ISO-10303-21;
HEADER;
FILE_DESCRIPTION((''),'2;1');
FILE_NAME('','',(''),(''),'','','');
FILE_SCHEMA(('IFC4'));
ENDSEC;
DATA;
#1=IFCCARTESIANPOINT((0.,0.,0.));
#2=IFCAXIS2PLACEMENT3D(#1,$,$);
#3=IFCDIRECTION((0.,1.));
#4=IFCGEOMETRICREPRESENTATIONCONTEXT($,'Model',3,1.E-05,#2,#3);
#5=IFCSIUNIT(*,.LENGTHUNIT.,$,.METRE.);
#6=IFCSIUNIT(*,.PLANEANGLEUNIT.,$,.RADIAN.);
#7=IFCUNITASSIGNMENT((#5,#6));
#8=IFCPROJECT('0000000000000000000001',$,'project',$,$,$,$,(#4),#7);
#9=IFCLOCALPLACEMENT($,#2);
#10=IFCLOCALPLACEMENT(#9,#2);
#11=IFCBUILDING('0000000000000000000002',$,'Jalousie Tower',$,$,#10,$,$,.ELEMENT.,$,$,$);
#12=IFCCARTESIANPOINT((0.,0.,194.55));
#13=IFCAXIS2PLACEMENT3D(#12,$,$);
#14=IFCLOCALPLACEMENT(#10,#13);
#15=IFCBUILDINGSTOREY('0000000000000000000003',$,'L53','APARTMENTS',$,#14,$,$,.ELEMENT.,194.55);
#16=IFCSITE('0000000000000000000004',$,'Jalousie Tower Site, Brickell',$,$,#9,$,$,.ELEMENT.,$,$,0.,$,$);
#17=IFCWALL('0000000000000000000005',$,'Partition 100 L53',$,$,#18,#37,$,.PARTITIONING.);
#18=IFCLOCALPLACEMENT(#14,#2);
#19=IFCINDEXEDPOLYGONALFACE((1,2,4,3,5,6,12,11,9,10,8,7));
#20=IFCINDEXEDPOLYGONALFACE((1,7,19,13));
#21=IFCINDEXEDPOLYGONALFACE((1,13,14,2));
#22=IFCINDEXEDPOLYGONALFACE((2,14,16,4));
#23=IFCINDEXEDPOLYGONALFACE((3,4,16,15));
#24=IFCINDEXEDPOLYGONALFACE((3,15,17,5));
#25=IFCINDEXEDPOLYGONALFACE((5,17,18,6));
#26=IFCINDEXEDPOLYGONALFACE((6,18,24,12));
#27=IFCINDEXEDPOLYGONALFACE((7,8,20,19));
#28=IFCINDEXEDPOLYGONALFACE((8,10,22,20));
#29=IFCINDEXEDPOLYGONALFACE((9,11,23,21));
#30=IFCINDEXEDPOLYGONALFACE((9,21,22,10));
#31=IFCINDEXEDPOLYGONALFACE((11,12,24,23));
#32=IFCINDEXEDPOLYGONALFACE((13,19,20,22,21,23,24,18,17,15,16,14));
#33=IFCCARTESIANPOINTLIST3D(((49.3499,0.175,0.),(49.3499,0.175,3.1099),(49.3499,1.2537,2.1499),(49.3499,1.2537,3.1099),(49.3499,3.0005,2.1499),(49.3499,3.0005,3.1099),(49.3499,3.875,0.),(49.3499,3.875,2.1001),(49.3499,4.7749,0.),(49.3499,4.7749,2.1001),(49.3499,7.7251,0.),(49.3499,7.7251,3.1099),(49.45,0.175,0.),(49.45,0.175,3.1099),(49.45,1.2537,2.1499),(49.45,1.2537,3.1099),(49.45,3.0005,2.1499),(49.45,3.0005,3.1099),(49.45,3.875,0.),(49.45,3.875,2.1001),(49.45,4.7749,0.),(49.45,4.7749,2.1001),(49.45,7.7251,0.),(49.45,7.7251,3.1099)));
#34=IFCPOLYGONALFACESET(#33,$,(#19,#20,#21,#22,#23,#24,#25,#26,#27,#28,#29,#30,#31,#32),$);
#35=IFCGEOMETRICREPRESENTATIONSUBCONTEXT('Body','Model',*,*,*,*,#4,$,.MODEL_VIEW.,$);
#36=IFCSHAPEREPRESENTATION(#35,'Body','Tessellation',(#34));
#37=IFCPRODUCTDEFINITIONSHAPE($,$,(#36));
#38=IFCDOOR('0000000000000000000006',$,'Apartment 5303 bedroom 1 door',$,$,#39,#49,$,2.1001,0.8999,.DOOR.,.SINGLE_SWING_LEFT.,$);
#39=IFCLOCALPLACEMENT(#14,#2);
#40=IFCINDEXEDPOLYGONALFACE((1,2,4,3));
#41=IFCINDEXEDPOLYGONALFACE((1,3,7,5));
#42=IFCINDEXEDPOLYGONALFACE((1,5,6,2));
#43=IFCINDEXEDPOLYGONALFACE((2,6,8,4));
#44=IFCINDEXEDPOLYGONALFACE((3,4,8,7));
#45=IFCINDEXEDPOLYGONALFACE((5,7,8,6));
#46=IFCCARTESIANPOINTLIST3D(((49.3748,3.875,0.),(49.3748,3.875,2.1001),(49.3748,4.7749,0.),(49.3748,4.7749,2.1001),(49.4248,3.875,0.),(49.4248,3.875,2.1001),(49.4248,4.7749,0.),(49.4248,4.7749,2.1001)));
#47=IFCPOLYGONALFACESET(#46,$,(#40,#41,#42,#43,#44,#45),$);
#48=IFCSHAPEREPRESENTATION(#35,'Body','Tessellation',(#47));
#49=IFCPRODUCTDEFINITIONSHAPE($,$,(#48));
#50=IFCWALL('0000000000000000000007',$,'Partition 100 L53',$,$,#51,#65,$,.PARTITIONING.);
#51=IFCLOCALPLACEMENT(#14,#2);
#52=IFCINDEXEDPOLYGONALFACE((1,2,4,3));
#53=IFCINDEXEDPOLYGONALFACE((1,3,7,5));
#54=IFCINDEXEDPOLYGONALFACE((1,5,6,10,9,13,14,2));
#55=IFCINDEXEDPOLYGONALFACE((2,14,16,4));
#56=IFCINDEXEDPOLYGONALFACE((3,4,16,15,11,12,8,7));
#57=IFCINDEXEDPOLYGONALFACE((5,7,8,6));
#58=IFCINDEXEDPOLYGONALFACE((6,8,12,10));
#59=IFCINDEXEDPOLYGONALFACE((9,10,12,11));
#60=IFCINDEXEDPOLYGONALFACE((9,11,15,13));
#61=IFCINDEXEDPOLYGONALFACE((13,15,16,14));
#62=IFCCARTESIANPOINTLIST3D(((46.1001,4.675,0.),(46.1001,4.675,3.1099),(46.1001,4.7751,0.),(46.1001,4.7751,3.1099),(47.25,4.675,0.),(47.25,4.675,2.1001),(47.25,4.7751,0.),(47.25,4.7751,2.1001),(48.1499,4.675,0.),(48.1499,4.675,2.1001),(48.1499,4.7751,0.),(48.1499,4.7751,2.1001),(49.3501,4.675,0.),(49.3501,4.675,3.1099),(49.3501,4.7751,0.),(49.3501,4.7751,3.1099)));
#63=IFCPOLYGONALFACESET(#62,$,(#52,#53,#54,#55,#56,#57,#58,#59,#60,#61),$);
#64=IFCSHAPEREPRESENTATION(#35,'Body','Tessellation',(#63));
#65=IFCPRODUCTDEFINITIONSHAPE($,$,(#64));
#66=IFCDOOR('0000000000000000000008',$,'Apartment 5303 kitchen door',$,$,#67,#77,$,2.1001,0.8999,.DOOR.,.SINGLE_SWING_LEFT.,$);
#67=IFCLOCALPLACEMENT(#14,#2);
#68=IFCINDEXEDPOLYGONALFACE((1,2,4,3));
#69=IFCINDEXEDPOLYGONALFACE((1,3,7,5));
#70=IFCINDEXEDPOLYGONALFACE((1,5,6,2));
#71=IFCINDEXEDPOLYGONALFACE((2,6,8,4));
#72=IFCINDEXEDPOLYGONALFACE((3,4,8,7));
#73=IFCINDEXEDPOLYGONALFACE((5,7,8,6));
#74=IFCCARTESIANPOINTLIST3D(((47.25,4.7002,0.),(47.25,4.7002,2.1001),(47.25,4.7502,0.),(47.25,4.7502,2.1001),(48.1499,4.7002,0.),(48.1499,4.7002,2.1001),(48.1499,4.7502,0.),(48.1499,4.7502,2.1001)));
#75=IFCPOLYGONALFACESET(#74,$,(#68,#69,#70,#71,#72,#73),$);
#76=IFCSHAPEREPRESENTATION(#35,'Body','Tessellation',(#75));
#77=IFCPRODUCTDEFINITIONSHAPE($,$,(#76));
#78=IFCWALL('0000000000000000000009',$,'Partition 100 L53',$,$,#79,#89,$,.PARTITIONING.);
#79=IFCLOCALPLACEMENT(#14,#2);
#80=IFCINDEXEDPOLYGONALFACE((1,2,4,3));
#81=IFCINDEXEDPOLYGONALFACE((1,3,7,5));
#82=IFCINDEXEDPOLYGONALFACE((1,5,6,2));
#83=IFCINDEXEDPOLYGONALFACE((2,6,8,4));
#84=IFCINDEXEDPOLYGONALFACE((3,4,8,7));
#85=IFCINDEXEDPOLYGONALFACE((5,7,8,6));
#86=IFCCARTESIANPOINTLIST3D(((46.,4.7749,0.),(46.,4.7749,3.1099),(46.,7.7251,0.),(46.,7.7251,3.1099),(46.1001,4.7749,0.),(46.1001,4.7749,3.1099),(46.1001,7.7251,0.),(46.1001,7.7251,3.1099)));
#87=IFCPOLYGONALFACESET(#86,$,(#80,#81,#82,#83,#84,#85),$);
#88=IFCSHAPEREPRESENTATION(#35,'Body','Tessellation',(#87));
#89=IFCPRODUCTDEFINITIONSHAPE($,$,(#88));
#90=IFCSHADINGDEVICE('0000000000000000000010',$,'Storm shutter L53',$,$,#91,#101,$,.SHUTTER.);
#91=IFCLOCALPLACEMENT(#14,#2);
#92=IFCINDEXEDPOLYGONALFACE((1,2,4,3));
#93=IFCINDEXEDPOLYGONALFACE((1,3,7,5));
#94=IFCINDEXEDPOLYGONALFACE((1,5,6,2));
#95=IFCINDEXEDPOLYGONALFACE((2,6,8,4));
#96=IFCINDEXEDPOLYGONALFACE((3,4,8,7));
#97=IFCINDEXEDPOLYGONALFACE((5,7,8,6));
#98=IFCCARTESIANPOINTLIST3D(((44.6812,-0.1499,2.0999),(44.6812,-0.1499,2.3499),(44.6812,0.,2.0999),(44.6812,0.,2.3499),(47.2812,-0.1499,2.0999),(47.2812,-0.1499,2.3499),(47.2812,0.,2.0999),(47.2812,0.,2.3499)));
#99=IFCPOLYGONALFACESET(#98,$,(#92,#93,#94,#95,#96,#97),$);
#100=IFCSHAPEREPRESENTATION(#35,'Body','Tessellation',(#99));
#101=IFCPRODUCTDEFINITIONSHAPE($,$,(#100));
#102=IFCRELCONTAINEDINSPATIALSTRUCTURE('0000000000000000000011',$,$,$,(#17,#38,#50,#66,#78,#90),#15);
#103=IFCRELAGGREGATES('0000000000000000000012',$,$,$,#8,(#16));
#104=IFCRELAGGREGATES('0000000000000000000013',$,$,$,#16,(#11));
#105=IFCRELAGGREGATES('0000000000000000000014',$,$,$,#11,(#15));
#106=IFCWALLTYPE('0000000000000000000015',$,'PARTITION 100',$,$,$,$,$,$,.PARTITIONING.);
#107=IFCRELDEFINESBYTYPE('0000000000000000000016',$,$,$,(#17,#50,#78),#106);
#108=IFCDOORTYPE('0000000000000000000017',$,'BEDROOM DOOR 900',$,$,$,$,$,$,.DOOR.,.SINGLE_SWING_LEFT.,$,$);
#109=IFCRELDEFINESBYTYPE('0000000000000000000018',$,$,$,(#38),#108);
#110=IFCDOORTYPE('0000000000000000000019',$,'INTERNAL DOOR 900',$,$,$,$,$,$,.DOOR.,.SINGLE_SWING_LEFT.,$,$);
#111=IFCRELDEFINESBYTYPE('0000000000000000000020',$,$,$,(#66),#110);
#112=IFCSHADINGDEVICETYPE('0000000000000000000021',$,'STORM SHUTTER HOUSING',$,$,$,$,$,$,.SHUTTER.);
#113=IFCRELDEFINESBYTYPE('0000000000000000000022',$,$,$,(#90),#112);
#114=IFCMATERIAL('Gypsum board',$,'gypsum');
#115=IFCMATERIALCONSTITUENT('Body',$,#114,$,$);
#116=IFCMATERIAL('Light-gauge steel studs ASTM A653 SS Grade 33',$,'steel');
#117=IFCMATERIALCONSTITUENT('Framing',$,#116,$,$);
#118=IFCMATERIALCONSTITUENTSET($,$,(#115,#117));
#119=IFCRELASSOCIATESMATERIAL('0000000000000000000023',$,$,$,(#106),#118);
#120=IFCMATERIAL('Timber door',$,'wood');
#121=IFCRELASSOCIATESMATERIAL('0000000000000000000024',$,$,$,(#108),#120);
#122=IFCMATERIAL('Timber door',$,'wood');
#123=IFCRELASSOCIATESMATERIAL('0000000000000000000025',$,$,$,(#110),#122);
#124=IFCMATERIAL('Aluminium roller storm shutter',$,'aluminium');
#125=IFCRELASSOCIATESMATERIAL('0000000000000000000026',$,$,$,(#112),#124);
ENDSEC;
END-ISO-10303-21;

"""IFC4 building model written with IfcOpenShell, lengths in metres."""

from ifc_helpers import new_model, si_unit, direction, frame, frame_2d, origin, origin_2d, place, context, subcontext, project, spatial, polyline, rectangle, outline, extrude, material, constituent, constituent_set, type_object, element, fill, save


model = new_model("IFC4")

# Units and contexts
model_context = context("Model", 3, precision=1e-05, world=origin(), true_north=direction((0.0, 1.0)))
body_context = subcontext(model_context, "Body", "Model", "MODEL_VIEW")
ifc_project = project(units=[si_unit("LENGTHUNIT", "METRE"), si_unit("PLANEANGLEUNIT", "RADIAN")], contexts=[model_context])

# Site, building, storey
site_placement = place(None, origin())
site = spatial("IfcSite", under=ifc_project, at=site_placement, Name="Jalousie Tower Site, Brickell", CompositionType="ELEMENT", RefElevation=0.0)
building_placement = place(site_placement, origin())
building = spatial("IfcBuilding", under=site, at=building_placement, Name="Jalousie Tower", CompositionType="ELEMENT")
storey_placement = place(building_placement, frame((0.0, 0.0, 194.55)))
storey = spatial("IfcBuildingStorey", under=building, at=storey_placement, Name="L53", Description="APARTMENTS", CompositionType="ELEMENT", Elevation=194.55)

# Walls, openings, doors
ifc_material_1 = material(Name="Gypsum board", Category="gypsum")
ifc_constituent_1 = constituent(ifc_material_1, Name="Body")
ifc_material_2 = material(Name="Light-gauge steel studs ASTM A653 SS Grade 33", Category="steel")
ifc_constituent_2 = constituent(ifc_material_2, Name="Framing")
ifc_constituent_set_1 = constituent_set(constituents=[ifc_constituent_1, ifc_constituent_2])
wall_type_1 = type_object("IfcWallType", Name="PARTITION 100", PredefinedType="PARTITIONING", material=ifc_constituent_set_1)
wall_1_placement = place(storey_placement, frame((49.3999, 0.175, 0.0), z_axis=(0.0, 0.0, 1.0), x_axis=(0.0, 1.0, 0.0)))
wall_1 = element("IfcWall", 1, at=wall_1_placement, inside=storey, type_object=wall_type_1, Name="Partition 100 L53", PredefinedType="PARTITIONING", context=body_context, shape_type="SweptSolid", body=[
    extrude(outline(polyline([(0.0, 0.0), (7.55, 0.0), (7.55, 3.1099), (2.8254, 3.1099), (2.8254, 2.1499), (1.0786, 2.1499), (1.0786, 3.1099), (0.0, 3.1099), (0.0, 0.0)])), frame((0.0, 0.05, 0.0), z_axis=(0.0, -1.0, 0.0), x_axis=(1.0, 0.0, 0.0)), (0.0, 0.0, 1.0), 0.1001),
])
opening_1_placement = place(wall_1_placement, frame((3.7, 0.0, 0.0)))
opening_1 = element("IfcOpeningElement", 2, at=opening_1_placement, cuts=wall_1, PredefinedType="OPENING", context=body_context, shape_type="SweptSolid", body=[
    extrude(rectangle(XDim=0.8999, YDim=2.1001, at=frame_2d((0.45, 1.05))), frame((0.0, 0.0601, 0.0), z_axis=(0.0, -1.0, 0.0), x_axis=(1.0, 0.0, 0.0)), (0.0, 0.0, 1.0), 0.1201),
])
ifc_material_3 = material(Name="Timber door", Category="wood")
door_type_1 = type_object("IfcDoorType", Name="BEDROOM DOOR 900", OperationType="SINGLE_SWING_LEFT", PredefinedType="DOOR", material=ifc_material_3)
door_1_placement = place(opening_1_placement, frame((0.8999, 0.0, 0.0), z_axis=(0.0, 0.0, 1.0), x_axis=(-1.0, 0.0, 0.0)))
door_1 = element("IfcDoor", 3, at=door_1_placement, inside=storey, type_object=door_type_1, Name="Apartment 5303 bedroom 1 door", OperationType="SINGLE_SWING_LEFT", OverallHeight=2.1001, OverallWidth=0.8999, PredefinedType="DOOR", context=body_context, shape_type="SweptSolid", body=[
    extrude(rectangle(XDim=0.8999, YDim=2.1001, at=frame_2d((0.45, 1.05))), frame((0.0, 0.0249, 0.0), z_axis=(0.0, -1.0, 0.0), x_axis=(1.0, 0.0, 0.0)), (0.0, 0.0, 1.0), 0.05),
])
fill(opening_1, door_1)
wall_2_placement = place(storey_placement, frame((46.1001, 4.7251, 0.0), z_axis=(0.0, 0.0, 1.0), x_axis=(1.0, 0.0, 0.0)))
wall_2 = element("IfcWall", 4, at=wall_2_placement, inside=storey, type_object=wall_type_1, Name="Partition 100 L53", PredefinedType="PARTITIONING", context=body_context, shape_type="SweptSolid", body=[
    extrude(rectangle(XDim=3.25, YDim=0.1001, at=frame_2d((1.625, 0.0))), origin(), (0.0, 0.0, 1.0), 3.1099),
])
opening_2_placement = place(wall_2_placement, frame((1.1499, 0.0, 0.0)))
opening_2 = element("IfcOpeningElement", 5, at=opening_2_placement, cuts=wall_2, PredefinedType="OPENING", context=body_context, shape_type="SweptSolid", body=[
    extrude(rectangle(XDim=0.8999, YDim=2.1001, at=frame_2d((0.45, 1.05))), frame((0.0, 0.0601, 0.0), z_axis=(0.0, -1.0, 0.0), x_axis=(1.0, 0.0, 0.0)), (0.0, 0.0, 1.0), 0.1201),
])
ifc_material_4 = material(Name="Timber door", Category="wood")
door_type_2 = type_object("IfcDoorType", Name="INTERNAL DOOR 900", OperationType="SINGLE_SWING_LEFT", PredefinedType="DOOR", material=ifc_material_4)
door_2_placement = place(opening_2_placement, frame((0.8999, 0.0, 0.0), z_axis=(0.0, 0.0, 1.0), x_axis=(-1.0, 0.0, 0.0)))
door_2 = element("IfcDoor", 6, at=door_2_placement, inside=storey, type_object=door_type_2, Name="Apartment 5303 kitchen door", OperationType="SINGLE_SWING_LEFT", OverallHeight=2.1001, OverallWidth=0.8999, PredefinedType="DOOR", context=body_context, shape_type="SweptSolid", body=[
    extrude(rectangle(XDim=0.8999, YDim=2.1001, at=frame_2d((0.45, 1.05))), frame((0.0, 0.0249, 0.0), z_axis=(0.0, -1.0, 0.0), x_axis=(1.0, 0.0, 0.0)), (0.0, 0.0, 1.0), 0.05),
])
fill(opening_2, door_2)

# Wall
wall_3_placement = place(storey_placement, frame((46.05, 4.7749, 0.0), z_axis=(0.0, 0.0, 1.0), x_axis=(0.0, 1.0, 0.0)))
element("IfcWall", 7, at=wall_3_placement, inside=storey, type_object=wall_type_1, Name="Partition 100 L53", PredefinedType="PARTITIONING", context=body_context, shape_type="SweptSolid", body=[
    extrude(rectangle(XDim=2.9502, YDim=0.1001, at=frame_2d((1.4751, 0.0))), origin(), (0.0, 0.0, 1.0), 3.1099),
])

# Shading device
ifc_material_5 = material(Name="Aluminium roller storm shutter", Category="aluminium")
shading_device_type = type_object("IfcShadingDeviceType", Name="STORM SHUTTER HOUSING", PredefinedType="SHUTTER", material=ifc_material_5)
shading_device_placement = place(storey_placement, frame((45.9812, -0.075, 2.0999), z_axis=(0.0, 0.0, 1.0), x_axis=(1.0, 0.0, 0.0)))
element("IfcShadingDevice", 8, at=shading_device_placement, inside=storey, type_object=shading_device_type, Name="Storm shutter L53", PredefinedType="SHUTTER", context=body_context, shape_type="SweptSolid", body=[
    extrude(rectangle(XDim=2.6001, YDim=0.1499, at=origin_2d()), origin(), (0.0, 0.0, 1.0), 0.25),
])

save(model, "model.ifc")
